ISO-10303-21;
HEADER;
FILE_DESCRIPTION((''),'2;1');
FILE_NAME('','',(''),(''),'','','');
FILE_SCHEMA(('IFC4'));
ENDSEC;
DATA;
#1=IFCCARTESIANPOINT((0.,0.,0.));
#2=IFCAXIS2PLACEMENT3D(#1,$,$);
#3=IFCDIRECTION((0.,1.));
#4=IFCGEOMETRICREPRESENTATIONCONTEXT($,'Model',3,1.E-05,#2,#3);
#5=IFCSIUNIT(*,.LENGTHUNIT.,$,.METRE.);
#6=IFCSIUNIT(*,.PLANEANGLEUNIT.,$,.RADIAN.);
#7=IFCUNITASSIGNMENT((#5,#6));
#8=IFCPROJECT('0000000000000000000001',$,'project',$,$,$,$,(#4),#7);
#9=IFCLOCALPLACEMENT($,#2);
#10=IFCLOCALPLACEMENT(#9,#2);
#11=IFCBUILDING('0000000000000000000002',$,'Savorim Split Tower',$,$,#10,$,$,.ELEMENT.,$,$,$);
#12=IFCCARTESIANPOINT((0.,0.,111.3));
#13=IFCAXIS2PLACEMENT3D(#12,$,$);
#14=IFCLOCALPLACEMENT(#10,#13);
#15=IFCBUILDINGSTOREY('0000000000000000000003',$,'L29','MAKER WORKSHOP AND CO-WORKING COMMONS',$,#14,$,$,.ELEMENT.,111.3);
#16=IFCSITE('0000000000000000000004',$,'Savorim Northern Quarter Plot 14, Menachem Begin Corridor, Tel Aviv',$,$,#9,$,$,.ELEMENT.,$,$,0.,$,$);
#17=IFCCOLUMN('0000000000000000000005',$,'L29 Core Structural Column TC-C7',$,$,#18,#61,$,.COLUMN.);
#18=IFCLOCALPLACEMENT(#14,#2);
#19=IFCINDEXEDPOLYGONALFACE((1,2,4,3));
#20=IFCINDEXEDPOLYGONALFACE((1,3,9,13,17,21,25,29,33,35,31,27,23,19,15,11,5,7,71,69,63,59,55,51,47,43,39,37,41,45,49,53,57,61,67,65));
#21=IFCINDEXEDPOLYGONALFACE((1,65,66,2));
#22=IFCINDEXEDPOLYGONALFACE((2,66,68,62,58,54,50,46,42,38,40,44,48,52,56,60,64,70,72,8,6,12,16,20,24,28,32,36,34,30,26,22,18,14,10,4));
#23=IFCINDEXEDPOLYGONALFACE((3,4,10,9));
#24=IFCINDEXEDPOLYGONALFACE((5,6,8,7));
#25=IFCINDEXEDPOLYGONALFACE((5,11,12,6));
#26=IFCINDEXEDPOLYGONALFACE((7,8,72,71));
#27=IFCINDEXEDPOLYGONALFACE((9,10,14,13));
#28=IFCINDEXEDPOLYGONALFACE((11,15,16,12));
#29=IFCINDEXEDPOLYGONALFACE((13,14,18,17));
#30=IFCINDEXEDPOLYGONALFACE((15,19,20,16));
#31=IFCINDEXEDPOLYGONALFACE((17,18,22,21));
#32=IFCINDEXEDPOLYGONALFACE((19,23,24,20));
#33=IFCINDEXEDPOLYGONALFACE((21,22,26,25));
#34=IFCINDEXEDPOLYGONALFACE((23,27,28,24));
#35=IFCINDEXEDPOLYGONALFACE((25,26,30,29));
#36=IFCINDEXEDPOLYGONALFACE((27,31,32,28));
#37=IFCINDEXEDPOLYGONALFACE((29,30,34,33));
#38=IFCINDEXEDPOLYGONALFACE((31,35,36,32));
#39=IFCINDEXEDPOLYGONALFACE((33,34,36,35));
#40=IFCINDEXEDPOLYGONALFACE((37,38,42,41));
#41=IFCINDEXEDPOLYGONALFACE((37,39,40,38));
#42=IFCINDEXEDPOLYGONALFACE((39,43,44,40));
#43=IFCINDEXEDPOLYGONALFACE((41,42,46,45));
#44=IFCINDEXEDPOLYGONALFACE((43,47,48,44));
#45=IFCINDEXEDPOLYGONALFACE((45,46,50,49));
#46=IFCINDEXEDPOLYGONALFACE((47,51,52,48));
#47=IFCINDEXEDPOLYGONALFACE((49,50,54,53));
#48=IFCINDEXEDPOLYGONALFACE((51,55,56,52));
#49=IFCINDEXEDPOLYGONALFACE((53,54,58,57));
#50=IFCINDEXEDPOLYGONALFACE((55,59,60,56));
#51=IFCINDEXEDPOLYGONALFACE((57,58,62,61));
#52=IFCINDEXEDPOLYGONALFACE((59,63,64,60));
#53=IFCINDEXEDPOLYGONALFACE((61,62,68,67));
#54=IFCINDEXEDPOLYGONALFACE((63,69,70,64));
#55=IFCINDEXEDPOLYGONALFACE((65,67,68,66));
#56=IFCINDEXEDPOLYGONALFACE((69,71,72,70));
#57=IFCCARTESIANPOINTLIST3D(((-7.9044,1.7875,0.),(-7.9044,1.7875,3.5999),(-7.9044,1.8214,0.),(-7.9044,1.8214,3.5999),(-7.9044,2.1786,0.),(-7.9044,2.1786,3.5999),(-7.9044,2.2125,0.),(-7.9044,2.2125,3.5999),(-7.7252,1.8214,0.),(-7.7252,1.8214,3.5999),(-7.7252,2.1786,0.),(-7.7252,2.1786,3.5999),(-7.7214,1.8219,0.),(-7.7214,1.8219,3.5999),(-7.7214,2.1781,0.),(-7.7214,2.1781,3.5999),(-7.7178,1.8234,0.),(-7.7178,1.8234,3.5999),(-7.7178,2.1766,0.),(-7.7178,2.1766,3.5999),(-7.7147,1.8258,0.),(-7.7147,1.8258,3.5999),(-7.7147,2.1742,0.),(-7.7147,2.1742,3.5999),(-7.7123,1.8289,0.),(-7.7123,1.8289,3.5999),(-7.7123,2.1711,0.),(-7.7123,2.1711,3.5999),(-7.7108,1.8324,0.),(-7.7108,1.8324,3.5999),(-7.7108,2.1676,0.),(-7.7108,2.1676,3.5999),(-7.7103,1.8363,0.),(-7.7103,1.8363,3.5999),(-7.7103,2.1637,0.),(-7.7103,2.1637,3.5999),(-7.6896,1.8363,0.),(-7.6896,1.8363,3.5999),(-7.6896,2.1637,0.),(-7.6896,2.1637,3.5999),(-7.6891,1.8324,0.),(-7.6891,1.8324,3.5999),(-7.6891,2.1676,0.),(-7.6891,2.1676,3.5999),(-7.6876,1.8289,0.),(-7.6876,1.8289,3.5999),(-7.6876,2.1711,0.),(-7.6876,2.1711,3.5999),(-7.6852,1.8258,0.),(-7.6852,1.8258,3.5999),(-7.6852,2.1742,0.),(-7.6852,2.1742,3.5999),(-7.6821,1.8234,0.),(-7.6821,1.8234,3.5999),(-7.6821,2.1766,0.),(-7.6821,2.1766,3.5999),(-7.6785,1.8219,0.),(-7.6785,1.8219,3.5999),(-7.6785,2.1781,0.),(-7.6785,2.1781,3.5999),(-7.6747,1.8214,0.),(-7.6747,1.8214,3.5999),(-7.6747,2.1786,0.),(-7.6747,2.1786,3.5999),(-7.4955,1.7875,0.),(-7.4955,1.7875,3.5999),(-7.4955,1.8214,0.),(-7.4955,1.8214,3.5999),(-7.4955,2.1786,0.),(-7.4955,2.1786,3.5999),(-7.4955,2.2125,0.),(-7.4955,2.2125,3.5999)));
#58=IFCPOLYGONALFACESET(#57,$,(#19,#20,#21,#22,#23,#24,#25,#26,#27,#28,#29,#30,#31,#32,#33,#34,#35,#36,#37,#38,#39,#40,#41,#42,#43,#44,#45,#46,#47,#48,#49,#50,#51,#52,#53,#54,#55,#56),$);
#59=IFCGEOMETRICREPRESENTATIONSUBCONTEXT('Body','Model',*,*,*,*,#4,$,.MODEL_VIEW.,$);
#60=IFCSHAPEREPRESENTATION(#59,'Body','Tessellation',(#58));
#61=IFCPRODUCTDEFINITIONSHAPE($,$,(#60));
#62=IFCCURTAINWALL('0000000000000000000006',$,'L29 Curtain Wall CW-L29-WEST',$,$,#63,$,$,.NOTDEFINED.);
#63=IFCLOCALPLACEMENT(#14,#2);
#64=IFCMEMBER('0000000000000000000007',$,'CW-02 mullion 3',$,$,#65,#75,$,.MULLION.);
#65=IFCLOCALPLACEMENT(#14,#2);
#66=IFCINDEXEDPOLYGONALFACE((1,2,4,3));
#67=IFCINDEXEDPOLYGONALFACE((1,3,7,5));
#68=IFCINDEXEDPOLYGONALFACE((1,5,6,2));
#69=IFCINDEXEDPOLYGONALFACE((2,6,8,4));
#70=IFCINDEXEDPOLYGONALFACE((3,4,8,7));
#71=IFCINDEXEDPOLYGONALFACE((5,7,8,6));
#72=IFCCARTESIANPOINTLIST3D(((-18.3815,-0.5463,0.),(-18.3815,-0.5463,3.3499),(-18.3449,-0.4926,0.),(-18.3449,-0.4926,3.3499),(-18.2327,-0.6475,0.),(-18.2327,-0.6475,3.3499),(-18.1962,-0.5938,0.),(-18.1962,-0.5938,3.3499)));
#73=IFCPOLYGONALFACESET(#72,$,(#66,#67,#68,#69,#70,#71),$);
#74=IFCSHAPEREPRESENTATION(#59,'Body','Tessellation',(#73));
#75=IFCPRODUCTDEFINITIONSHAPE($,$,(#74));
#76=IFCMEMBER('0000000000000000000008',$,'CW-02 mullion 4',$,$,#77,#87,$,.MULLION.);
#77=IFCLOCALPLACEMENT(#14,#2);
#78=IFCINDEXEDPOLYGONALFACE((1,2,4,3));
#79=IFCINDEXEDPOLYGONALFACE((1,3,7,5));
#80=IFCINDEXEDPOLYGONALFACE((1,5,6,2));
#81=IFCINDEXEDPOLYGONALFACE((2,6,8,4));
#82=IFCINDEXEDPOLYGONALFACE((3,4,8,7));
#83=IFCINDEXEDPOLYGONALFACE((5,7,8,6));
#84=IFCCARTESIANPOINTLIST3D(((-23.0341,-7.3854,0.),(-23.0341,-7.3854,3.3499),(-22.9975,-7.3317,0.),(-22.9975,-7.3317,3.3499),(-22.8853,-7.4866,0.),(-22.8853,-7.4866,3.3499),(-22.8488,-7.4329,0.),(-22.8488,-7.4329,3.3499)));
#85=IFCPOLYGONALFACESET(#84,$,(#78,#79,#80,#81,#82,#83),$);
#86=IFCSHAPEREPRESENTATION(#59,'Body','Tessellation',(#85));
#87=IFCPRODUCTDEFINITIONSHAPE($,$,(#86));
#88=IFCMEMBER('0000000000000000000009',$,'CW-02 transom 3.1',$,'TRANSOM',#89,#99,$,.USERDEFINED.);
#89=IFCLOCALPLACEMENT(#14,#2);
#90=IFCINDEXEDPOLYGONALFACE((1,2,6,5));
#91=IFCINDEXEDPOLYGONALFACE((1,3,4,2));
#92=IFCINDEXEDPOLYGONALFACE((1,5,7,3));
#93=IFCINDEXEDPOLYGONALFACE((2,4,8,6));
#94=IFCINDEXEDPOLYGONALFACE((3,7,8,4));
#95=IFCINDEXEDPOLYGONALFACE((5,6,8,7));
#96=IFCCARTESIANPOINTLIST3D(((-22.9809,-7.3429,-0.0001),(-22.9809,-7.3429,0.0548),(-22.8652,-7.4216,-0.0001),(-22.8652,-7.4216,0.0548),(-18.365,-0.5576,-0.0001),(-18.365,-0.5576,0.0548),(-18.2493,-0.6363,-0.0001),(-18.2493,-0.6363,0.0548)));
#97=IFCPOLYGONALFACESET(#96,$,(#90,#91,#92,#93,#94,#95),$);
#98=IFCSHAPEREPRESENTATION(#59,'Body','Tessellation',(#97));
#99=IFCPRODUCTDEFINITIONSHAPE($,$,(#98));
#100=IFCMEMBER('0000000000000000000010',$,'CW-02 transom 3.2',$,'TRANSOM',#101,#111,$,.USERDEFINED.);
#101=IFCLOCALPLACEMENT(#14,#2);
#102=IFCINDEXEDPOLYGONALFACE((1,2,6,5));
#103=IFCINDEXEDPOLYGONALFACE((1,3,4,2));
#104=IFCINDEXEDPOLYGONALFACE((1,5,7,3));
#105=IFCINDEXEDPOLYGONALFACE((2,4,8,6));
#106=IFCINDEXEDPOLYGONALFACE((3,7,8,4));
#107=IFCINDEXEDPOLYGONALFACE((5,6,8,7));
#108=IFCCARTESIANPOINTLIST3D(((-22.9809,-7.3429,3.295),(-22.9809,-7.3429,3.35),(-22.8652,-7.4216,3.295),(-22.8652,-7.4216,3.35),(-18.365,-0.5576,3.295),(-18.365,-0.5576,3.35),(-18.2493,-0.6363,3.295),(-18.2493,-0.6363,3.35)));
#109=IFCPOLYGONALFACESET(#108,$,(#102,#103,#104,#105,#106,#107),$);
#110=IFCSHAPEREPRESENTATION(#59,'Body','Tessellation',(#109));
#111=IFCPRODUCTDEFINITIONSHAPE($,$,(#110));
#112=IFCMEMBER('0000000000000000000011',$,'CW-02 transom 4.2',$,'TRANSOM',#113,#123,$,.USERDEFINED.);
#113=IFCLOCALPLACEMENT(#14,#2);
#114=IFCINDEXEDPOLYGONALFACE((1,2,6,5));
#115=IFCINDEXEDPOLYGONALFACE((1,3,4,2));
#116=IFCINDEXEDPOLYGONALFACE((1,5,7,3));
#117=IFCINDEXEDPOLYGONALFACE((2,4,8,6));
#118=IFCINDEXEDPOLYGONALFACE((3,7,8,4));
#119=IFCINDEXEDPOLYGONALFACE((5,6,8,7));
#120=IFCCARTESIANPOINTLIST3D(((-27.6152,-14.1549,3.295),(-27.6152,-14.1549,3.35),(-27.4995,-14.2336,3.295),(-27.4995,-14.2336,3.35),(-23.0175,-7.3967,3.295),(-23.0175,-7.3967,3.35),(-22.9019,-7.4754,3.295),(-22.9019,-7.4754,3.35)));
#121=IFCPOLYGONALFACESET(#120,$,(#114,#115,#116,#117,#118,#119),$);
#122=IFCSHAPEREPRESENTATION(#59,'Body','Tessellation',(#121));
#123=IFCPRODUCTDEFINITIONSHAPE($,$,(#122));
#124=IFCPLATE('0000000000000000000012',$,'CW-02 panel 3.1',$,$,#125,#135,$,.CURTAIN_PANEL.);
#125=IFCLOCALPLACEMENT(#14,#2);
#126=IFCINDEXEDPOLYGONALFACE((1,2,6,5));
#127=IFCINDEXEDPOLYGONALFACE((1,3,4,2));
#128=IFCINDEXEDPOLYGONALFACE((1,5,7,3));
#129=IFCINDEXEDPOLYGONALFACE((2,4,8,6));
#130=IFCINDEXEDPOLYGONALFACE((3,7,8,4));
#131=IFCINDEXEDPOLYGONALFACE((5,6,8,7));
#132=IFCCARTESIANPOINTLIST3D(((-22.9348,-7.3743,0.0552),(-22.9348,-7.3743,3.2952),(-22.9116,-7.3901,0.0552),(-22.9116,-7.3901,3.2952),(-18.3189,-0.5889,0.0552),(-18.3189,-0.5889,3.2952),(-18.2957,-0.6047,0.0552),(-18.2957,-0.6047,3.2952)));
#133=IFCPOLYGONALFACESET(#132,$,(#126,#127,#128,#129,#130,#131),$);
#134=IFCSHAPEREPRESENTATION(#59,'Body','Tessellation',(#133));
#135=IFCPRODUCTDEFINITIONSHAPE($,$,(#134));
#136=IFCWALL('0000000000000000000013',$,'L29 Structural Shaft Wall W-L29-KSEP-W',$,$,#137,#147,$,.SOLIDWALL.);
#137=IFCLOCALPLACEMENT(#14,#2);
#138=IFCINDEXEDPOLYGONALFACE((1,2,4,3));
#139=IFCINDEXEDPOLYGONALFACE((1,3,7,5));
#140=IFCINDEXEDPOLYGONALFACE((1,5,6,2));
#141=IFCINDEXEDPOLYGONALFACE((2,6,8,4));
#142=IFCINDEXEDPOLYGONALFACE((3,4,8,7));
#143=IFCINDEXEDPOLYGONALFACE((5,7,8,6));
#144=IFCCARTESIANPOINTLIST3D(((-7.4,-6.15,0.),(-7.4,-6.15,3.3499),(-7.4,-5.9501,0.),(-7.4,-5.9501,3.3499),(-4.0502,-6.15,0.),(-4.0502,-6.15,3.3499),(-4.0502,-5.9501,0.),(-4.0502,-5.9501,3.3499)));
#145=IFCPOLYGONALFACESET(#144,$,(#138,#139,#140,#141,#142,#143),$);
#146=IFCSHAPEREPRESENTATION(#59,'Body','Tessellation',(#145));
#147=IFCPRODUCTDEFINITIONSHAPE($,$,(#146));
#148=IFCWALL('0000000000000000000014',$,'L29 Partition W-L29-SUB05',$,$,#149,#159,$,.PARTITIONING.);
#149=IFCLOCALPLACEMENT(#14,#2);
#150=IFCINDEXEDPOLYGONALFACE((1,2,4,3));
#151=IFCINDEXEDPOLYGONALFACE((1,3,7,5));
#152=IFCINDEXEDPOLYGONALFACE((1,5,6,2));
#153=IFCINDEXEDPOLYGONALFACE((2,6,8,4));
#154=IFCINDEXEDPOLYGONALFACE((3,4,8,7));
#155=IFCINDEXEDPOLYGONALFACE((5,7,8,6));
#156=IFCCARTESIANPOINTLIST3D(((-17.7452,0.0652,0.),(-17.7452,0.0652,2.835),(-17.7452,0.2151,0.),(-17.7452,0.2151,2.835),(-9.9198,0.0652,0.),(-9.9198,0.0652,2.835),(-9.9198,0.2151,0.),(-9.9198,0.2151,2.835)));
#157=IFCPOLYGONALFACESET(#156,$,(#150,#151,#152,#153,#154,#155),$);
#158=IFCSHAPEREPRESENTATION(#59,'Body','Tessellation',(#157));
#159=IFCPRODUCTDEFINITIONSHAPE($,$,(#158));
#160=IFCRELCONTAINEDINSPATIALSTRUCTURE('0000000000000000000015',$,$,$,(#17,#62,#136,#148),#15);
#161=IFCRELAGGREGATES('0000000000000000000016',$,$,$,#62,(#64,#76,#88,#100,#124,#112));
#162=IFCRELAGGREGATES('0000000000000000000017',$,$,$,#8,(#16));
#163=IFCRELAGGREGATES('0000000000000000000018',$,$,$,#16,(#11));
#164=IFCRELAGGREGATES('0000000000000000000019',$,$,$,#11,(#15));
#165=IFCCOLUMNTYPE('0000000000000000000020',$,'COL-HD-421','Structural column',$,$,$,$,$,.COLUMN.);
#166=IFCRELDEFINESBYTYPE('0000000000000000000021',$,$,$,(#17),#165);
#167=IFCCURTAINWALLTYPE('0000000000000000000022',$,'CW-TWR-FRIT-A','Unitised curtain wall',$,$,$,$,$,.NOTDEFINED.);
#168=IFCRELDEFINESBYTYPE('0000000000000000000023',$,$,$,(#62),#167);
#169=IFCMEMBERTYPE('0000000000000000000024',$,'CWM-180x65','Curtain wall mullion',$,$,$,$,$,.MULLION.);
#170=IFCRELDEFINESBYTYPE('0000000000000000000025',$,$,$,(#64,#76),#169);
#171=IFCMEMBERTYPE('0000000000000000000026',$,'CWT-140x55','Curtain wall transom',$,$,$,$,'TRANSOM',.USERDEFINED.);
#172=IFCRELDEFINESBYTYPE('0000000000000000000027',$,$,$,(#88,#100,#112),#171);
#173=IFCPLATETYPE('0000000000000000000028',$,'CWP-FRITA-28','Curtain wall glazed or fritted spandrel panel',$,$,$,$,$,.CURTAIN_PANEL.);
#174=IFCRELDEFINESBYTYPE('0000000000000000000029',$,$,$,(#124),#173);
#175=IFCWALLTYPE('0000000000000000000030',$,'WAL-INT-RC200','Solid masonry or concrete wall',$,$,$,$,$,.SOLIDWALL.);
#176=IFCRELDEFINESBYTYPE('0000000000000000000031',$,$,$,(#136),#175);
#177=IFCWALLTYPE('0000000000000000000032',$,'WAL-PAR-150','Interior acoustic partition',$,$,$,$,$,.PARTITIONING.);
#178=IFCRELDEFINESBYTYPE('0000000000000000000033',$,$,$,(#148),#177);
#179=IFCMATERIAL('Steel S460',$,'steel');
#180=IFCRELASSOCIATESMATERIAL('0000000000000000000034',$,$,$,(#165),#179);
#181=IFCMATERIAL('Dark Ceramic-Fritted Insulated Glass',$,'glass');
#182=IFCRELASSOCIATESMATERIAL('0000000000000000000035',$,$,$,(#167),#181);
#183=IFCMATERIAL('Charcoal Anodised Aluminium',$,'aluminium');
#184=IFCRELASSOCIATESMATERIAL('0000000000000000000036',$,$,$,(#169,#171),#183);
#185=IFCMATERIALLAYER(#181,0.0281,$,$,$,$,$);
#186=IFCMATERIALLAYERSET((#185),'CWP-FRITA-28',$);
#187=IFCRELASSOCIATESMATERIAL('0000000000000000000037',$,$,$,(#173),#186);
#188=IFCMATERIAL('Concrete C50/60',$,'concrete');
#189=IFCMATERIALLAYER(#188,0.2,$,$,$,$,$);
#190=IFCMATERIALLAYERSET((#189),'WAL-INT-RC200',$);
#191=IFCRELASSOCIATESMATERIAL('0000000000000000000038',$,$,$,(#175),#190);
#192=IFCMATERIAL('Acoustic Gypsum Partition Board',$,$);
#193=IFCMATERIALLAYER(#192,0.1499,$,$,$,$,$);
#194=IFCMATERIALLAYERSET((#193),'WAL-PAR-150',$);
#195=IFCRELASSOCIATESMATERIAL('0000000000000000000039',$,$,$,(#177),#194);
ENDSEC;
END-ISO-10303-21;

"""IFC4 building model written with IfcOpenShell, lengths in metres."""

from ifc_helpers import new_model, si_unit, direction, frame, frame_2d, origin, origin_2d, place, context, subcontext, project, spatial, rectangle, i_section, extrude, material, layer, layer_set, material_profile, profile_set, type_object, element, aggregate, save


model = new_model("IFC4")

# Units and contexts
model_context = context("Model", 3, precision=1e-05, world=origin(), true_north=direction((0.0, 1.0)))
body_context = subcontext(model_context, "Body", "Model", "MODEL_VIEW")
ifc_project = project(units=[si_unit("LENGTHUNIT", "METRE"), si_unit("PLANEANGLEUNIT", "RADIAN")], contexts=[model_context])

# Site, building, storey
site_placement = place(None, origin())
site = spatial("IfcSite", under=ifc_project, at=site_placement, Name="Savorim Northern Quarter Plot 14, Menachem Begin Corridor, Tel Aviv", CompositionType="ELEMENT", RefElevation=0.0)
building_placement = place(site_placement, origin())
building = spatial("IfcBuilding", under=site, at=building_placement, Name="Savorim Split Tower", CompositionType="ELEMENT")
storey_placement = place(building_placement, frame((0.0, 0.0, 111.3)))
storey = spatial("IfcBuildingStorey", under=building, at=storey_placement, Name="L29", Description="MAKER WORKSHOP AND CO-WORKING COMMONS", CompositionType="ELEMENT", Elevation=111.3)

# Column
ifc_material_1 = material(Name="Steel S460", Category="steel")
ifc_material_profile_1 = material_profile(ifc_material_1, i_section(OverallWidth=0.4089, OverallDepth=0.425, WebThickness=0.0208, FlangeThickness=0.0339, FilletRadius=0.0149, at=origin_2d()), Name="HD 400x421")
ifc_profile_set_1 = profile_set([ifc_material_profile_1], Name="Steel S460")
column_type = type_object("IfcColumnType", Name="COL-HD-421", Description="Structural column", PredefinedType="COLUMN", material=ifc_profile_set_1)
column_placement = place(storey_placement, frame((-7.7, 2.0, 0.0), z_axis=(0.0, 0.0, 1.0), x_axis=(1.0, 0.0, 0.0)))
element("IfcColumn", 1, at=column_placement, inside=storey, type_object=column_type, Name="L29 Core Structural Column TC-C7", PredefinedType="COLUMN", context=body_context, shape_type="SweptSolid", body=[
    extrude(i_section(OverallWidth=0.4089, OverallDepth=0.425, WebThickness=0.0208, FlangeThickness=0.0339, FilletRadius=0.0149, at=origin_2d()), origin(), (0.0, 0.0, 1.0), 3.5999),
])

# Curtain wall, members, plate
ifc_material_2 = material(Name="Dark Ceramic-Fritted Insulated Glass", Category="glass")
curtain_wall_type = type_object("IfcCurtainWallType", Name="CW-TWR-FRIT-A", Description="Unitised curtain wall", PredefinedType="NOTDEFINED", material=ifc_material_2)
curtain_wall_placement = place(storey_placement, origin())
curtain_wall = element("IfcCurtainWall", 2, at=curtain_wall_placement, inside=storey, type_object=curtain_wall_type, Name="L29 Curtain Wall CW-L29-WEST", PredefinedType="NOTDEFINED")
ifc_material_3 = material(Name="Charcoal Anodised Aluminium", Category="aluminium")
ifc_material_profile_2 = material_profile(ifc_material_3, rectangle(XDim=0.1799, YDim=0.0649, at=origin_2d()), Name="ALU-M 180x65")
ifc_profile_set_2 = profile_set([ifc_material_profile_2], Name="Charcoal Anodised Aluminium")
member_type_1 = type_object("IfcMemberType", Name="CWM-180x65", Description="Curtain wall mullion", PredefinedType="MULLION", material=ifc_profile_set_2)
member_1_placement = place(storey_placement, frame((-18.2888, -0.5701, 0.0), z_axis=(0.0, 0.0, 1.0), x_axis=(0.82682, -0.562467, 0.0)))
member_1 = element("IfcMember", 3, at=member_1_placement, type_object=member_type_1, Name="CW-02 mullion 3", PredefinedType="MULLION", context=body_context, shape_type="SweptSolid", body=[
    extrude(rectangle(XDim=0.1799, YDim=0.0649, at=origin_2d()), origin(), (0.0, 0.0, 1.0), 3.3499),
])
member_2_placement = place(storey_placement, frame((-22.9414, -7.4092, 0.0), z_axis=(0.0, 0.0, 1.0), x_axis=(0.82682, -0.562467, 0.0)))
member_2 = element("IfcMember", 4, at=member_2_placement, type_object=member_type_1, Name="CW-02 mullion 4", PredefinedType="MULLION", context=body_context, shape_type="SweptSolid", body=[
    extrude(rectangle(XDim=0.1799, YDim=0.0649, at=origin_2d()), origin(), (0.0, 0.0, 1.0), 3.3499),
])
ifc_material_profile_3 = material_profile(ifc_material_3, rectangle(XDim=0.1399, YDim=0.0549, at=origin_2d()), Name="ALU-T 140x55")
ifc_profile_set_3 = profile_set([ifc_material_profile_3], Name="Charcoal Anodised Aluminium")
member_type_2 = type_object("IfcMemberType", Name="CWT-140x55", Description="Curtain wall transom", ElementType="TRANSOM", PredefinedType="USERDEFINED", material=ifc_profile_set_3)
member_3_placement = place(storey_placement, frame((-18.3071, -0.5969, 0.0273), z_axis=(-0.562468, -0.826819, 0.0), x_axis=(0.826819, -0.562468, 0.0)))
member_3 = element("IfcMember", 5, at=member_3_placement, type_object=member_type_2, Name="CW-02 transom 3.1", ObjectType="TRANSOM", PredefinedType="USERDEFINED", context=body_context, shape_type="SweptSolid", body=[
    extrude(rectangle(XDim=0.1399, YDim=0.0549, at=origin_2d()), origin(), (0.0, 0.0, 1.0), 8.2065),
])
member_4_placement = place(storey_placement, frame((-18.3071, -0.5969, 3.3225), z_axis=(-0.562468, -0.826819, 0.0), x_axis=(0.826819, -0.562468, 0.0)))
member_4 = element("IfcMember", 6, at=member_4_placement, type_object=member_type_2, Name="CW-02 transom 3.2", ObjectType="TRANSOM", PredefinedType="USERDEFINED", context=body_context, shape_type="SweptSolid", body=[
    extrude(rectangle(XDim=0.1399, YDim=0.0549, at=origin_2d()), origin(), (0.0, 0.0, 1.0), 8.2065),
])
member_5_placement = place(storey_placement, frame((-22.9597, -7.436, 3.3225), z_axis=(-0.562478, -0.826812, 0.0), x_axis=(0.826812, -0.562478, 0.0)))
member_5 = element("IfcMember", 7, at=member_5_placement, type_object=member_type_2, Name="CW-02 transom 4.2", ObjectType="TRANSOM", PredefinedType="USERDEFINED", context=body_context, shape_type="SweptSolid", body=[
    extrude(rectangle(XDim=0.1399, YDim=0.0549, at=origin_2d()), origin(), (0.0, 0.0, 1.0), 8.1738),
])
ifc_layer_1 = layer(ifc_material_2, 0.0281)
ifc_layer_set_1 = layer_set([ifc_layer_1], Name="CWP-FRITA-28")
plate_type = type_object("IfcPlateType", Name="CWP-FRITA-28", Description="Curtain wall glazed or fritted spandrel panel", PredefinedType="CURTAIN_PANEL", material=ifc_layer_set_1)
plate_placement = place(storey_placement, frame((-20.6152, -3.9895, 0.0552), z_axis=(0.0, 0.0, 1.0), x_axis=(-0.562467, -0.82682, 0.0)))
plate = element("IfcPlate", 8, at=plate_placement, type_object=plate_type, Name="CW-02 panel 3.1", PredefinedType="CURTAIN_PANEL", context=body_context, shape_type="SweptSolid", body=[
    extrude(rectangle(XDim=8.2065, YDim=0.0281, at=origin_2d()), origin(), (0.0, 0.0, 1.0), 3.24),
])
aggregate(curtain_wall, [member_1, member_2, member_3, member_4, plate, member_5])

# Shared definitions
ifc_material_4 = material(Name="Concrete C50/60", Category="concrete")
ifc_layer_2 = layer(ifc_material_4, 0.2)
ifc_layer_set_2 = layer_set([ifc_layer_2], Name="WAL-INT-RC200")
wall_type_1 = type_object("IfcWallType", Name="WAL-INT-RC200", Description="Solid masonry or concrete wall", PredefinedType="SOLIDWALL", material=ifc_layer_set_2)

# Walls
wall_1_placement = place(storey_placement, frame((-7.3999, -6.05, 0.0), z_axis=(0.0, 0.0, 1.0), x_axis=(1.0, 0.0, 0.0)))
element("IfcWall", 9, at=wall_1_placement, inside=storey, type_object=wall_type_1, Name="L29 Structural Shaft Wall W-L29-KSEP-W", PredefinedType="SOLIDWALL", context=body_context, shape_type="SweptSolid", body=[
    extrude(rectangle(XDim=3.3499, YDim=0.2, at=frame_2d((1.6748, 0.0))), origin(), (0.0, 0.0, 1.0), 3.3499),
])
ifc_material_5 = material(Name="Acoustic Gypsum Partition Board")
ifc_layer_3 = layer(ifc_material_5, 0.1499)
ifc_layer_set_3 = layer_set([ifc_layer_3], Name="WAL-PAR-150")
wall_type_2 = type_object("IfcWallType", Name="WAL-PAR-150", Description="Interior acoustic partition", PredefinedType="PARTITIONING", material=ifc_layer_set_3)
wall_2_placement = place(storey_placement, frame((-9.9199, 0.1401, 0.0), z_axis=(0.0, 0.0, 1.0), x_axis=(-1.0, 0.0, 0.0)))
element("IfcWall", 10, at=wall_2_placement, inside=storey, type_object=wall_type_2, Name="L29 Partition W-L29-SUB05", PredefinedType="PARTITIONING", context=body_context, shape_type="SweptSolid", body=[
    extrude(rectangle(XDim=7.8254, YDim=0.1499, at=frame_2d((3.9126, 0.0))), origin(), (0.0, 0.0, 1.0), 2.835),
])

save(model, "model.ifc")
